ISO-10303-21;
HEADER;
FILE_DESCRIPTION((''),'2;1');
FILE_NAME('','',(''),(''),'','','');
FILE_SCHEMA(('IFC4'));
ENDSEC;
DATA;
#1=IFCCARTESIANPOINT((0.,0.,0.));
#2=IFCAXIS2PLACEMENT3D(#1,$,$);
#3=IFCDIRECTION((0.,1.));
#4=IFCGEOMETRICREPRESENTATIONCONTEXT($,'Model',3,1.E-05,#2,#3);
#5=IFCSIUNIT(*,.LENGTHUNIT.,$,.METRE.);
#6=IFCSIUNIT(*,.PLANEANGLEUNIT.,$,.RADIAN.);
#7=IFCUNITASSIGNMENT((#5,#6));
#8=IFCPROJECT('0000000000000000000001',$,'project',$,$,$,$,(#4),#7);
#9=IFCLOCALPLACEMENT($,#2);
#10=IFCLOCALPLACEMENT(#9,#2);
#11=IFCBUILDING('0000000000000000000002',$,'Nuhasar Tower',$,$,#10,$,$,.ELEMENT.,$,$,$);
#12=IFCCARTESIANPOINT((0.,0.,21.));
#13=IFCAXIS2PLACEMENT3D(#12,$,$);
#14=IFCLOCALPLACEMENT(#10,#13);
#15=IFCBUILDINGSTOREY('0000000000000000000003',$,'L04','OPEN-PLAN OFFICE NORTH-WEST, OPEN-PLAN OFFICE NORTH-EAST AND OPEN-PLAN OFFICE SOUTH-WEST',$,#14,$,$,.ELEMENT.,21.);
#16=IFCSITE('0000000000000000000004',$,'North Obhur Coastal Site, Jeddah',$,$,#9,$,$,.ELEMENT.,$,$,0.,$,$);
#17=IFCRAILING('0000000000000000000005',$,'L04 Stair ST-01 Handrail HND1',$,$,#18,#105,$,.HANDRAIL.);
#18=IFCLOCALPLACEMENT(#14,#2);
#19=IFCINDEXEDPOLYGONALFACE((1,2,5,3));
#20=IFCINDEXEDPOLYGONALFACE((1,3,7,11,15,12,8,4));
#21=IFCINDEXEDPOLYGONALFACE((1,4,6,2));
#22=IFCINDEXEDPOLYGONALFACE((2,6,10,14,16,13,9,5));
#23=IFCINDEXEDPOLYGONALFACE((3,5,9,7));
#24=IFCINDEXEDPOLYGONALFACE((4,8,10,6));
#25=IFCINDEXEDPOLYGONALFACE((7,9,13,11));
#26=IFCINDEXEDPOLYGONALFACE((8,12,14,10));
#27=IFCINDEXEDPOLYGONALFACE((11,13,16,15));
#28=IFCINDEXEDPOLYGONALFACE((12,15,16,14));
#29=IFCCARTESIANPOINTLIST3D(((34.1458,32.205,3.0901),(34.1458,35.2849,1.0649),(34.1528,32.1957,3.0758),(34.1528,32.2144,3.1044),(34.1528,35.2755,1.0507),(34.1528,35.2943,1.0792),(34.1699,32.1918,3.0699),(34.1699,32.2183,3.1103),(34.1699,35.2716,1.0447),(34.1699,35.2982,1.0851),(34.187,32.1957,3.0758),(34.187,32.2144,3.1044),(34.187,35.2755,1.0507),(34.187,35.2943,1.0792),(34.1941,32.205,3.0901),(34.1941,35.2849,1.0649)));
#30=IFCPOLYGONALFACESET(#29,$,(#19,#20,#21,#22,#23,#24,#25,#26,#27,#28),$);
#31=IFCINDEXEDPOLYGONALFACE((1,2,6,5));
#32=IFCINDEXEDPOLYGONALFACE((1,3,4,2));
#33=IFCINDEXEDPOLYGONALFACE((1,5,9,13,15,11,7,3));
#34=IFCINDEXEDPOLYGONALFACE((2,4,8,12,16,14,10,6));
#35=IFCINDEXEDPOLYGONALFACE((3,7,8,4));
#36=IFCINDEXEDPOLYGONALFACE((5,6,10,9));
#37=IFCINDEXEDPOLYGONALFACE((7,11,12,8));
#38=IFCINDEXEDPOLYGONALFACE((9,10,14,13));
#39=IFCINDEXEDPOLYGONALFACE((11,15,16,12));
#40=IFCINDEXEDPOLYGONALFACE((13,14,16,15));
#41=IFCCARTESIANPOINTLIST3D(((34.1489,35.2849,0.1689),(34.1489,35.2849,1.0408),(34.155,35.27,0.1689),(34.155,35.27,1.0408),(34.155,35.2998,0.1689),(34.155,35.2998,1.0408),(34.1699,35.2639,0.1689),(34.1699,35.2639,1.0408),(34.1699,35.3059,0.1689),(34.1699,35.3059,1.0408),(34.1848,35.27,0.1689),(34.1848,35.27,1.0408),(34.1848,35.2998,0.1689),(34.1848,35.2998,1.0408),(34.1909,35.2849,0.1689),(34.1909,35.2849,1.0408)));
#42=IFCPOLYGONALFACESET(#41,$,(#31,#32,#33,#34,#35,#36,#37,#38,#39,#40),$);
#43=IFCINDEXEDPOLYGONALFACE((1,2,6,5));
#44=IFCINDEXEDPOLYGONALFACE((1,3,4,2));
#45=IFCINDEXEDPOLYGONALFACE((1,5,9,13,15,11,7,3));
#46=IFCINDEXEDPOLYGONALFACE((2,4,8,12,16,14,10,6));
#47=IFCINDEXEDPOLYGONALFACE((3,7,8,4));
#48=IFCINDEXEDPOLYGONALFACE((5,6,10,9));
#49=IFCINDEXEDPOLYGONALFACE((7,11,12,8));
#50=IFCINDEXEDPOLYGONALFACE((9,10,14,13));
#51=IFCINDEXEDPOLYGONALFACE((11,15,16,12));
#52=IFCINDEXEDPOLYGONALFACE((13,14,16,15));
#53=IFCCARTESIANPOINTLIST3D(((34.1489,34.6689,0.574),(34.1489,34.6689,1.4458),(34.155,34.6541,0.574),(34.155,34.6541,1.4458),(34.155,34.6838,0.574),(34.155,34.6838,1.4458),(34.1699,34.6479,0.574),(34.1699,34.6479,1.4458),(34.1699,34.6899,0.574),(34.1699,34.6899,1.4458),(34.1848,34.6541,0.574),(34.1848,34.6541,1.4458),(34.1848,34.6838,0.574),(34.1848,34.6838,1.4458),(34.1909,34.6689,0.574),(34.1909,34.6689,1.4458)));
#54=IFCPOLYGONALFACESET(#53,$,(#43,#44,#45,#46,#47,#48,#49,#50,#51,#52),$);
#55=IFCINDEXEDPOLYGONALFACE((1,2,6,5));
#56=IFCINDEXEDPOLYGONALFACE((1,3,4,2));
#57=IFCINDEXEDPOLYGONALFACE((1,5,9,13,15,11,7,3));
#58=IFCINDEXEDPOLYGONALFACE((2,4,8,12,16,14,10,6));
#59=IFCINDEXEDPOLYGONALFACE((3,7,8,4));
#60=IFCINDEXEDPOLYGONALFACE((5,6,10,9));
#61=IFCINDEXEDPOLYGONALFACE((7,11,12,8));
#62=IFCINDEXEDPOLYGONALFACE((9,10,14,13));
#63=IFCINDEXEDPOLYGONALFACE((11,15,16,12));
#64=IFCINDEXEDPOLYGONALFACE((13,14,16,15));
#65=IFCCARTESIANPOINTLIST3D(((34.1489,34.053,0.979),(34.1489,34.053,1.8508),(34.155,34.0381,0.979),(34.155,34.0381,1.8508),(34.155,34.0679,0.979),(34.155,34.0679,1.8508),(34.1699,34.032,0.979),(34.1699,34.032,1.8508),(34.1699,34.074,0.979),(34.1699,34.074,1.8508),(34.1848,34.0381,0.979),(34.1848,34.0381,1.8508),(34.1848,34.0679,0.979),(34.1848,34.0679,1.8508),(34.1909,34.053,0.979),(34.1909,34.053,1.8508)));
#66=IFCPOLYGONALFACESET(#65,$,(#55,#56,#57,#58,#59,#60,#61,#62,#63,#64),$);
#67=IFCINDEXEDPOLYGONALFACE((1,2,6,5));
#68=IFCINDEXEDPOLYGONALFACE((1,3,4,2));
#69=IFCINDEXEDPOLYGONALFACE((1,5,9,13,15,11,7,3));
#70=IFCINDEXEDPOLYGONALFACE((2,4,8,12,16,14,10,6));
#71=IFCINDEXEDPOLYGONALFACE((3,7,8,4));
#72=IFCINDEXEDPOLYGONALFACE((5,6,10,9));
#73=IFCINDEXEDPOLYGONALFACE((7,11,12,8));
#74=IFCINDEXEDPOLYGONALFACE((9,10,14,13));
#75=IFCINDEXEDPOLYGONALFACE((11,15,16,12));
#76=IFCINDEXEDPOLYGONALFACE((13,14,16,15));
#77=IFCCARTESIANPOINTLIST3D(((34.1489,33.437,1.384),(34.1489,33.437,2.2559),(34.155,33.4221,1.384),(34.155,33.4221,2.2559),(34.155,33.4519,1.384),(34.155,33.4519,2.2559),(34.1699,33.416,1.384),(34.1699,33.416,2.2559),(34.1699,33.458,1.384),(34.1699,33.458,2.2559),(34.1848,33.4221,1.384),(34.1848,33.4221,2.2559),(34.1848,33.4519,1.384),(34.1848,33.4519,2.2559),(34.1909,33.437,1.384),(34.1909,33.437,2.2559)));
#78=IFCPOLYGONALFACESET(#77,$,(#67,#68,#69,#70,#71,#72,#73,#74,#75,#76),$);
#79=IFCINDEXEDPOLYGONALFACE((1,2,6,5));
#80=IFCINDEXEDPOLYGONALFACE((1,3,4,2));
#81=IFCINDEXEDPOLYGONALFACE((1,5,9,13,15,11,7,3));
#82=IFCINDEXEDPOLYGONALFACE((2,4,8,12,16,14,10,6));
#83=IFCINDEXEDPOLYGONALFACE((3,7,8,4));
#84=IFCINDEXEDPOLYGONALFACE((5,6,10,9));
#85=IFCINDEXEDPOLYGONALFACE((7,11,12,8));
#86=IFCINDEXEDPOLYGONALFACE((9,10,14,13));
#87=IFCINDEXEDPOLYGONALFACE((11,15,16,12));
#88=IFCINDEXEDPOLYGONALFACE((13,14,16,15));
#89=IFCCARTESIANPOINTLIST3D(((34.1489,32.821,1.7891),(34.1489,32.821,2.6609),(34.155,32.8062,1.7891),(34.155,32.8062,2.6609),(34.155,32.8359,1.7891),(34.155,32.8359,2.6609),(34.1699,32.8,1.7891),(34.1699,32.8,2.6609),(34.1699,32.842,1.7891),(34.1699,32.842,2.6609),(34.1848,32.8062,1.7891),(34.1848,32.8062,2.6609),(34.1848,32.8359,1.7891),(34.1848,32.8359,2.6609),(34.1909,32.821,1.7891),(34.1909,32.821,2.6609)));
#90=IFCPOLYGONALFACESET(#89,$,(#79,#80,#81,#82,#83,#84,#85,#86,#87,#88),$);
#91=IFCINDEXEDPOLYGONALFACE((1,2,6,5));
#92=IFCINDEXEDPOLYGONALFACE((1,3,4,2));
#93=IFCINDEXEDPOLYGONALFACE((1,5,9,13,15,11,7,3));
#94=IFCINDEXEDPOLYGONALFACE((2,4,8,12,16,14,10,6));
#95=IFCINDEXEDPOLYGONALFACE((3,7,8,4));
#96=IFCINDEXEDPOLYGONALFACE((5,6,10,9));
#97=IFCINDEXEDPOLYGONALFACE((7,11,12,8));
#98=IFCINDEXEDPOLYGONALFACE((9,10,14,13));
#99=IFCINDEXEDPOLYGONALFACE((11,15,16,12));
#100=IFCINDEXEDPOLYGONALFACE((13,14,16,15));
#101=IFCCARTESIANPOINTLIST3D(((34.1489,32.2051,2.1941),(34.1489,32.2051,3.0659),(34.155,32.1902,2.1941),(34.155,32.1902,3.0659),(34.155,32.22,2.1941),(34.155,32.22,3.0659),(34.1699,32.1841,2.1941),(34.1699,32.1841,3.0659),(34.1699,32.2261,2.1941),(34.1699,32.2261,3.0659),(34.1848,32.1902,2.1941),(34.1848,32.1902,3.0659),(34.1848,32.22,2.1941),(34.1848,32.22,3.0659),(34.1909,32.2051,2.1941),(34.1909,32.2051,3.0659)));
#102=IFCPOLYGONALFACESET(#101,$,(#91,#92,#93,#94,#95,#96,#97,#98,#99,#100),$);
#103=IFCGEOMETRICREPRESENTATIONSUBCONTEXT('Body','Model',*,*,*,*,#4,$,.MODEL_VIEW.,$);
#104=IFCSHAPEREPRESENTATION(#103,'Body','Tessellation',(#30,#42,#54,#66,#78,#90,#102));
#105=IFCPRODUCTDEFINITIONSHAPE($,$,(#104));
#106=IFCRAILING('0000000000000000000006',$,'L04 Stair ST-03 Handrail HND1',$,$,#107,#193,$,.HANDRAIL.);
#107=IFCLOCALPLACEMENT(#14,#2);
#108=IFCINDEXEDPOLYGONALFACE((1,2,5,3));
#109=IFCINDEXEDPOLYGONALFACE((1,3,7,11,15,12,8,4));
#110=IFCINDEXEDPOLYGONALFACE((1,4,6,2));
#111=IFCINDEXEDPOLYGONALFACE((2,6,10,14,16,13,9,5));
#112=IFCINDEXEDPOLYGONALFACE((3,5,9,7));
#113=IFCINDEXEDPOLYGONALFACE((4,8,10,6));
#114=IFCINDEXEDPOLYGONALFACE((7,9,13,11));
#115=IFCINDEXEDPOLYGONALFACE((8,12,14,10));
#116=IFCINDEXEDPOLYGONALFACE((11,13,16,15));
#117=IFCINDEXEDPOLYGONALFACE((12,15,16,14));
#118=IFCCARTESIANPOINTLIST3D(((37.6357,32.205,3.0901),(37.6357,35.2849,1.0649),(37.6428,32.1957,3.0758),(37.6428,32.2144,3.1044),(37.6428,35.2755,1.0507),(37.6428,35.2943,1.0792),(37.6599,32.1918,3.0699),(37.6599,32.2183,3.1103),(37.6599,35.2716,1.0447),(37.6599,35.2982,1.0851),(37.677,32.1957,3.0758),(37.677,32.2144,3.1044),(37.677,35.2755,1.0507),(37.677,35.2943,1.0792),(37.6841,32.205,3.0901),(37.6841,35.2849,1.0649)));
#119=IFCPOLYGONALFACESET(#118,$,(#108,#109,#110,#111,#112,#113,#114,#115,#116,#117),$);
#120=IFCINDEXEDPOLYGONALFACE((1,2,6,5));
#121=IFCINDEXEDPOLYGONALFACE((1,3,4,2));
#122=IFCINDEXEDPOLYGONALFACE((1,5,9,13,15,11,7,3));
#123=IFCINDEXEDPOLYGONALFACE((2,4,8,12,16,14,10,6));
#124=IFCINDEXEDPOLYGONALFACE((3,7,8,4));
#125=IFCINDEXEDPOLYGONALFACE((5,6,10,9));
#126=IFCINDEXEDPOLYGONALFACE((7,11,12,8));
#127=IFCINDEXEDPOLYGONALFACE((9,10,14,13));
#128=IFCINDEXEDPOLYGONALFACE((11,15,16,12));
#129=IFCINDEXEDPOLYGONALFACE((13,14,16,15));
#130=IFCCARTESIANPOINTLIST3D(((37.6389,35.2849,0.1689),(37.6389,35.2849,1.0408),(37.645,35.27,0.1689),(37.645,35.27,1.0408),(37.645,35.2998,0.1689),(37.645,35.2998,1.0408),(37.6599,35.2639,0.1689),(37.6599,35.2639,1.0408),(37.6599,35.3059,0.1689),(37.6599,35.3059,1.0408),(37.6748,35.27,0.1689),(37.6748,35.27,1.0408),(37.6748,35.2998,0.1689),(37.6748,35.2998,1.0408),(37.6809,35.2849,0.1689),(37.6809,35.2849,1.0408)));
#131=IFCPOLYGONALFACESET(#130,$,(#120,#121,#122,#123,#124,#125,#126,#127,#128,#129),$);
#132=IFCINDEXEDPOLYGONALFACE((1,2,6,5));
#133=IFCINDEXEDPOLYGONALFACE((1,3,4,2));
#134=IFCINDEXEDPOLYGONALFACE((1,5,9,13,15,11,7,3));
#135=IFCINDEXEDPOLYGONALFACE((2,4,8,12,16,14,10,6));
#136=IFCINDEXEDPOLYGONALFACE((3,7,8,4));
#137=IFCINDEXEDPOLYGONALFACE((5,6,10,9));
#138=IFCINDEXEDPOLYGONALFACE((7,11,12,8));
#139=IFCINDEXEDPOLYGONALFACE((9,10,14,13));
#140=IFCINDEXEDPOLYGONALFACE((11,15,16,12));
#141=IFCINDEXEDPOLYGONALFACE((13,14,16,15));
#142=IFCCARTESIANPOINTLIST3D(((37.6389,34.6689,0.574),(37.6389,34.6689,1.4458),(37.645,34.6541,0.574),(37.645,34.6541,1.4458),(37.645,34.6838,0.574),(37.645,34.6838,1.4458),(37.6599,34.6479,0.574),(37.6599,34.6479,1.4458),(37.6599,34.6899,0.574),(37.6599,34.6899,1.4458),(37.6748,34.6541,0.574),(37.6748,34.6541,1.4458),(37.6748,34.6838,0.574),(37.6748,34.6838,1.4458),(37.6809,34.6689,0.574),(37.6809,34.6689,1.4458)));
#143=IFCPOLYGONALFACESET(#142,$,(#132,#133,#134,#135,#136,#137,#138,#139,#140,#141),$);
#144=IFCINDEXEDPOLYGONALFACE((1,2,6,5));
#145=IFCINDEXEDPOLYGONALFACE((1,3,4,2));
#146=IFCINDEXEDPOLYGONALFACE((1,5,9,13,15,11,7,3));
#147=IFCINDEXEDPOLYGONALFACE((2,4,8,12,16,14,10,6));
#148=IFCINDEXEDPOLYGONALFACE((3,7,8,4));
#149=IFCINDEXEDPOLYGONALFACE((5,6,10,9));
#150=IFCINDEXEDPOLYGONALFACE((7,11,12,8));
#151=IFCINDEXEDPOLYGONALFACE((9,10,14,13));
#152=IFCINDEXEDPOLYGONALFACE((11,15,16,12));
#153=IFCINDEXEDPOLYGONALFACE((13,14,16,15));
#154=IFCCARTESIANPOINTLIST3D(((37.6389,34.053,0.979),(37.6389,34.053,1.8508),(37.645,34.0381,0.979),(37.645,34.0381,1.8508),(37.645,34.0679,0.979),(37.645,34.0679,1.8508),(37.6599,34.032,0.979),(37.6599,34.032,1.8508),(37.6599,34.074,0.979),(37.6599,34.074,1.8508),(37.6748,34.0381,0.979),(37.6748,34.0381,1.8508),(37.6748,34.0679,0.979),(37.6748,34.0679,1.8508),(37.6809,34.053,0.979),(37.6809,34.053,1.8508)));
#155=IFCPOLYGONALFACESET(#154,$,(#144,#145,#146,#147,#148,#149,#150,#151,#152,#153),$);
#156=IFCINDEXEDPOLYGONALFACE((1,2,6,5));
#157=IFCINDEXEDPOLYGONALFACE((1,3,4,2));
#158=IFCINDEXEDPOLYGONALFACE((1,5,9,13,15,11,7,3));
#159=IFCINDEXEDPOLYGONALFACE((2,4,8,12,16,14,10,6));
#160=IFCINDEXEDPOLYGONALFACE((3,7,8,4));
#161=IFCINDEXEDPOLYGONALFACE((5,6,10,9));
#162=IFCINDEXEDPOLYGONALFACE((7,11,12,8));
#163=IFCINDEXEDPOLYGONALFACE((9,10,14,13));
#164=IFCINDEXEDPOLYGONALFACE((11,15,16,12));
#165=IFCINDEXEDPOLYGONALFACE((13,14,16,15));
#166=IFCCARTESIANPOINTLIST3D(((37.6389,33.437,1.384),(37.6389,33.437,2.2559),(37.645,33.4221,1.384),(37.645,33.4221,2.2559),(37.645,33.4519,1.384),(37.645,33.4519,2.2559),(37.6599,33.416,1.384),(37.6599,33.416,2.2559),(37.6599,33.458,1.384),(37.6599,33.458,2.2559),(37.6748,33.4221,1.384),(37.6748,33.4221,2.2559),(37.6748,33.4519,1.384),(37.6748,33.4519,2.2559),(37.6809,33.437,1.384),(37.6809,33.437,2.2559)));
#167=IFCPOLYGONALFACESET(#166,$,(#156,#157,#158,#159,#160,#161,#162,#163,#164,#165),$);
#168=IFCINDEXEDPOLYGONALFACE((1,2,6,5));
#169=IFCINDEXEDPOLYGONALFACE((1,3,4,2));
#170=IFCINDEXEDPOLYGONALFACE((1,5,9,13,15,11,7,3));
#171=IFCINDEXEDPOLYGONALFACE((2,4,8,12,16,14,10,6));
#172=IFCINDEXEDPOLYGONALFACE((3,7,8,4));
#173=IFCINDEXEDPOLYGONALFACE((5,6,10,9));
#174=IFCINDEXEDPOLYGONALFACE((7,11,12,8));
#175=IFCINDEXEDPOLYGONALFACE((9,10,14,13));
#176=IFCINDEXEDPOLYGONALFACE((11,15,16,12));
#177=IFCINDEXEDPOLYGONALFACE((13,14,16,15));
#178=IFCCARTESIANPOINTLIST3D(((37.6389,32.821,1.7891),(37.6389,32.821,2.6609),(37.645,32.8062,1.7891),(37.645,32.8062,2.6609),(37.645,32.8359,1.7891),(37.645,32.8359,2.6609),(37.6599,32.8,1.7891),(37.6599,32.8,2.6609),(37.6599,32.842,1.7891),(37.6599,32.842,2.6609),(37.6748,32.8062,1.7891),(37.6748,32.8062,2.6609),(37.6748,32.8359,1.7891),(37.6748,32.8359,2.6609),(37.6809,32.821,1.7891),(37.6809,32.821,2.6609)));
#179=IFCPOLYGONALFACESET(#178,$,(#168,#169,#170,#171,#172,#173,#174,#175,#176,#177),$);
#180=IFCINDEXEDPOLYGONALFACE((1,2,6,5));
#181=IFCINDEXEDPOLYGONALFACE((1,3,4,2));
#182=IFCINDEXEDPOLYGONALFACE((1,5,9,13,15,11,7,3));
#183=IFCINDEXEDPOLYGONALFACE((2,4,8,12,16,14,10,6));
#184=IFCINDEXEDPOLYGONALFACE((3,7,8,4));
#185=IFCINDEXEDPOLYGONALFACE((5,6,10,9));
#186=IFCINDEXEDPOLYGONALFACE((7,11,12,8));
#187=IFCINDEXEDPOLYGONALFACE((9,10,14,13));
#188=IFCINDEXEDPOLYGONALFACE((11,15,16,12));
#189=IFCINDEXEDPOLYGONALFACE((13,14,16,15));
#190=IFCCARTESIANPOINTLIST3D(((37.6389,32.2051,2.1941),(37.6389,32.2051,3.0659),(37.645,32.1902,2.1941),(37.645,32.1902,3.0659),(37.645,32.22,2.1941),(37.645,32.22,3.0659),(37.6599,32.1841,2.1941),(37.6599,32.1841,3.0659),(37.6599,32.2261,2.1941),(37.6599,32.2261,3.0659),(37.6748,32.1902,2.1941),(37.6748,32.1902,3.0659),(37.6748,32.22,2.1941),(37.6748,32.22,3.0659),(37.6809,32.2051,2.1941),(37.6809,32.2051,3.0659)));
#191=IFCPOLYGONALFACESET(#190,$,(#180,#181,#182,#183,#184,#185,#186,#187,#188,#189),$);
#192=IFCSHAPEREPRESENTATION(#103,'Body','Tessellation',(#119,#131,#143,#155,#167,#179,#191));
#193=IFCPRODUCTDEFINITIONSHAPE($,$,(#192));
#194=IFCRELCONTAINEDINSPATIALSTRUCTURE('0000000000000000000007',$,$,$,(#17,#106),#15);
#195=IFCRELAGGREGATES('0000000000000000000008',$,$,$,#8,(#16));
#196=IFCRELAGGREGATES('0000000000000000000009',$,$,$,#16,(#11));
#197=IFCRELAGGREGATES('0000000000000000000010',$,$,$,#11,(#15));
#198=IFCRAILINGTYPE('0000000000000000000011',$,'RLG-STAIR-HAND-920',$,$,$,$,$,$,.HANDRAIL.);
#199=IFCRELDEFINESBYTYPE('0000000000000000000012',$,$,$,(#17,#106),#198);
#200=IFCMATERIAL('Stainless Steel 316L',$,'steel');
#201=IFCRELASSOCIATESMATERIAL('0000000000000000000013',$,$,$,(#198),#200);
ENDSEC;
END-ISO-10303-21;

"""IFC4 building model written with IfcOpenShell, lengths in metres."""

from ifc_helpers import new_model, si_unit, direction, frame, origin, place, context, subcontext, project, spatial, polyline, outline, extrude, material, type_object, element, save


model = new_model("IFC4")

# Units and contexts
model_context = context("Model", 3, precision=1e-05, world=origin(), true_north=direction((0.0, 1.0)))
body_context = subcontext(model_context, "Body", "Model", "MODEL_VIEW")
ifc_project = project(units=[si_unit("LENGTHUNIT", "METRE"), si_unit("PLANEANGLEUNIT", "RADIAN")], contexts=[model_context])

# Site, building, storey
site_placement = place(None, origin())
site = spatial("IfcSite", under=ifc_project, at=site_placement, Name="North Obhur Coastal Site, Jeddah", CompositionType="ELEMENT", RefElevation=0.0)
building_placement = place(site_placement, origin())
building = spatial("IfcBuilding", under=site, at=building_placement, Name="Nuhasar Tower", CompositionType="ELEMENT")
storey_placement = place(building_placement, frame((0.0, 0.0, 21.0)))
storey = spatial("IfcBuildingStorey", under=building, at=storey_placement, Name="L04", Description="OPEN-PLAN OFFICE NORTH-WEST, OPEN-PLAN OFFICE NORTH-EAST AND OPEN-PLAN OFFICE SOUTH-WEST", CompositionType="ELEMENT", Elevation=21.0)

# Railings
ifc_material_1 = material(Name="Stainless Steel 316L", Category="steel")
railing_type_1 = type_object("IfcRailingType", Name="RLG-STAIR-HAND-920", PredefinedType="HANDRAIL", material=ifc_material_1)
railing_1_placement = place(storey_placement, frame((34.1699, 35.2849, 0.1689)))
element("IfcRailing", 1, at=railing_1_placement, inside=storey, type_object=railing_type_1, Name="L04 Stair ST-01 Handrail HND1", PredefinedType="HANDRAIL", context=body_context, shape_type="SweptSolid", body=[
    extrude(outline(polyline([(0.0242, 0.0), (0.0171, 0.0171), (0.0, 0.0242), (-0.0171, 0.0171), (-0.0242, 0.0), (-0.0171, -0.0171), (0.0, -0.0242), (0.0171, -0.0171), (0.0242, 0.0)])), frame((0.0, 0.0, 0.896), z_axis=(0.0, -0.835549, 0.549416), x_axis=(1.0, 0.0, 0.0)), (0.0, 0.0, 1.0), 3.686),
    extrude(outline(polyline([(0.021, 0.0), (0.0149, 0.0149), (0.0, 0.021), (-0.0149, 0.0149), (-0.021, 0.0), (-0.0149, -0.0149), (0.0, -0.021), (0.0149, -0.0149), (0.021, 0.0)])), origin(), (0.0, 0.0, 1.0), 0.8718),
    extrude(outline(polyline([(0.021, 0.0), (0.0149, 0.0149), (0.0, 0.021), (-0.0149, 0.0149), (-0.021, 0.0), (-0.0149, -0.0149), (0.0, -0.021), (0.0149, -0.0149), (0.021, 0.0)])), frame((0.0, -0.616, 0.405)), (0.0, 0.0, 1.0), 0.8718),
    extrude(outline(polyline([(0.021, 0.0), (0.0149, 0.0149), (0.0, 0.021), (-0.0149, 0.0149), (-0.021, 0.0), (-0.0149, -0.0149), (0.0, -0.021), (0.0149, -0.0149), (0.021, 0.0)])), frame((0.0, -1.2319, 0.8101)), (0.0, 0.0, 1.0), 0.8718),
    extrude(outline(polyline([(0.021, 0.0), (0.0149, 0.0149), (0.0, 0.021), (-0.0149, 0.0149), (-0.021, 0.0), (-0.0149, -0.0149), (0.0, -0.021), (0.0149, -0.0149), (0.021, 0.0)])), frame((0.0, -1.8479, 1.2151)), (0.0, 0.0, 1.0), 0.8718),
    extrude(outline(polyline([(0.021, 0.0), (0.0149, 0.0149), (0.0, 0.021), (-0.0149, 0.0149), (-0.021, 0.0), (-0.0149, -0.0149), (0.0, -0.021), (0.0149, -0.0149), (0.021, 0.0)])), frame((0.0, -2.4639, 1.6201)), (0.0, 0.0, 1.0), 0.8718),
    extrude(outline(polyline([(0.021, 0.0), (0.0149, 0.0149), (0.0, 0.021), (-0.0149, 0.0149), (-0.021, 0.0), (-0.0149, -0.0149), (0.0, -0.021), (0.0149, -0.0149), (0.021, 0.0)])), frame((0.0, -3.0798, 2.0251)), (0.0, 0.0, 1.0), 0.8718),
])
railing_2_placement = place(storey_placement, frame((37.6599, 35.2849, 0.1689)))
element("IfcRailing", 2, at=railing_2_placement, inside=storey, type_object=railing_type_1, Name="L04 Stair ST-03 Handrail HND1", PredefinedType="HANDRAIL", context=body_context, shape_type="SweptSolid", body=[
    extrude(outline(polyline([(0.0242, 0.0), (0.0171, 0.0171), (0.0, 0.0242), (-0.0171, 0.0171), (-0.0242, 0.0), (-0.0171, -0.0171), (0.0, -0.0242), (0.0171, -0.0171), (0.0242, 0.0)])), frame((0.0, 0.0, 0.896), z_axis=(0.0, -0.835549, 0.549416), x_axis=(1.0, 0.0, 0.0)), (0.0, 0.0, 1.0), 3.686),
    extrude(outline(polyline([(0.021, 0.0), (0.0149, 0.0149), (0.0, 0.021), (-0.0149, 0.0149), (-0.021, 0.0), (-0.0149, -0.0149), (0.0, -0.021), (0.0149, -0.0149), (0.021, 0.0)])), origin(), (0.0, 0.0, 1.0), 0.8718),
    extrude(outline(polyline([(0.021, 0.0), (0.0149, 0.0149), (0.0, 0.021), (-0.0149, 0.0149), (-0.021, 0.0), (-0.0149, -0.0149), (0.0, -0.021), (0.0149, -0.0149), (0.021, 0.0)])), frame((0.0, -0.616, 0.405)), (0.0, 0.0, 1.0), 0.8718),
    extrude(outline(polyline([(0.021, 0.0), (0.0149, 0.0149), (0.0, 0.021), (-0.0149, 0.0149), (-0.021, 0.0), (-0.0149, -0.0149), (0.0, -0.021), (0.0149, -0.0149), (0.021, 0.0)])), frame((0.0, -1.2319, 0.8101)), (0.0, 0.0, 1.0), 0.8718),
    extrude(outline(polyline([(0.021, 0.0), (0.0149, 0.0149), (0.0, 0.021), (-0.0149, 0.0149), (-0.021, 0.0), (-0.0149, -0.0149), (0.0, -0.021), (0.0149, -0.0149), (0.021, 0.0)])), frame((0.0, -1.8479, 1.2151)), (0.0, 0.0, 1.0), 0.8718),
    extrude(outline(polyline([(0.021, 0.0), (0.0149, 0.0149), (0.0, 0.021), (-0.0149, 0.0149), (-0.021, 0.0), (-0.0149, -0.0149), (0.0, -0.021), (0.0149, -0.0149), (0.021, 0.0)])), frame((0.0, -2.4639, 1.6201)), (0.0, 0.0, 1.0), 0.8718),
    extrude(outline(polyline([(0.021, 0.0), (0.0149, 0.0149), (0.0, 0.021), (-0.0149, 0.0149), (-0.021, 0.0), (-0.0149, -0.0149), (0.0, -0.021), (0.0149, -0.0149), (0.021, 0.0)])), frame((0.0, -3.0798, 2.0251)), (0.0, 0.0, 1.0), 0.8718),
])

save(model, "model.ifc")
